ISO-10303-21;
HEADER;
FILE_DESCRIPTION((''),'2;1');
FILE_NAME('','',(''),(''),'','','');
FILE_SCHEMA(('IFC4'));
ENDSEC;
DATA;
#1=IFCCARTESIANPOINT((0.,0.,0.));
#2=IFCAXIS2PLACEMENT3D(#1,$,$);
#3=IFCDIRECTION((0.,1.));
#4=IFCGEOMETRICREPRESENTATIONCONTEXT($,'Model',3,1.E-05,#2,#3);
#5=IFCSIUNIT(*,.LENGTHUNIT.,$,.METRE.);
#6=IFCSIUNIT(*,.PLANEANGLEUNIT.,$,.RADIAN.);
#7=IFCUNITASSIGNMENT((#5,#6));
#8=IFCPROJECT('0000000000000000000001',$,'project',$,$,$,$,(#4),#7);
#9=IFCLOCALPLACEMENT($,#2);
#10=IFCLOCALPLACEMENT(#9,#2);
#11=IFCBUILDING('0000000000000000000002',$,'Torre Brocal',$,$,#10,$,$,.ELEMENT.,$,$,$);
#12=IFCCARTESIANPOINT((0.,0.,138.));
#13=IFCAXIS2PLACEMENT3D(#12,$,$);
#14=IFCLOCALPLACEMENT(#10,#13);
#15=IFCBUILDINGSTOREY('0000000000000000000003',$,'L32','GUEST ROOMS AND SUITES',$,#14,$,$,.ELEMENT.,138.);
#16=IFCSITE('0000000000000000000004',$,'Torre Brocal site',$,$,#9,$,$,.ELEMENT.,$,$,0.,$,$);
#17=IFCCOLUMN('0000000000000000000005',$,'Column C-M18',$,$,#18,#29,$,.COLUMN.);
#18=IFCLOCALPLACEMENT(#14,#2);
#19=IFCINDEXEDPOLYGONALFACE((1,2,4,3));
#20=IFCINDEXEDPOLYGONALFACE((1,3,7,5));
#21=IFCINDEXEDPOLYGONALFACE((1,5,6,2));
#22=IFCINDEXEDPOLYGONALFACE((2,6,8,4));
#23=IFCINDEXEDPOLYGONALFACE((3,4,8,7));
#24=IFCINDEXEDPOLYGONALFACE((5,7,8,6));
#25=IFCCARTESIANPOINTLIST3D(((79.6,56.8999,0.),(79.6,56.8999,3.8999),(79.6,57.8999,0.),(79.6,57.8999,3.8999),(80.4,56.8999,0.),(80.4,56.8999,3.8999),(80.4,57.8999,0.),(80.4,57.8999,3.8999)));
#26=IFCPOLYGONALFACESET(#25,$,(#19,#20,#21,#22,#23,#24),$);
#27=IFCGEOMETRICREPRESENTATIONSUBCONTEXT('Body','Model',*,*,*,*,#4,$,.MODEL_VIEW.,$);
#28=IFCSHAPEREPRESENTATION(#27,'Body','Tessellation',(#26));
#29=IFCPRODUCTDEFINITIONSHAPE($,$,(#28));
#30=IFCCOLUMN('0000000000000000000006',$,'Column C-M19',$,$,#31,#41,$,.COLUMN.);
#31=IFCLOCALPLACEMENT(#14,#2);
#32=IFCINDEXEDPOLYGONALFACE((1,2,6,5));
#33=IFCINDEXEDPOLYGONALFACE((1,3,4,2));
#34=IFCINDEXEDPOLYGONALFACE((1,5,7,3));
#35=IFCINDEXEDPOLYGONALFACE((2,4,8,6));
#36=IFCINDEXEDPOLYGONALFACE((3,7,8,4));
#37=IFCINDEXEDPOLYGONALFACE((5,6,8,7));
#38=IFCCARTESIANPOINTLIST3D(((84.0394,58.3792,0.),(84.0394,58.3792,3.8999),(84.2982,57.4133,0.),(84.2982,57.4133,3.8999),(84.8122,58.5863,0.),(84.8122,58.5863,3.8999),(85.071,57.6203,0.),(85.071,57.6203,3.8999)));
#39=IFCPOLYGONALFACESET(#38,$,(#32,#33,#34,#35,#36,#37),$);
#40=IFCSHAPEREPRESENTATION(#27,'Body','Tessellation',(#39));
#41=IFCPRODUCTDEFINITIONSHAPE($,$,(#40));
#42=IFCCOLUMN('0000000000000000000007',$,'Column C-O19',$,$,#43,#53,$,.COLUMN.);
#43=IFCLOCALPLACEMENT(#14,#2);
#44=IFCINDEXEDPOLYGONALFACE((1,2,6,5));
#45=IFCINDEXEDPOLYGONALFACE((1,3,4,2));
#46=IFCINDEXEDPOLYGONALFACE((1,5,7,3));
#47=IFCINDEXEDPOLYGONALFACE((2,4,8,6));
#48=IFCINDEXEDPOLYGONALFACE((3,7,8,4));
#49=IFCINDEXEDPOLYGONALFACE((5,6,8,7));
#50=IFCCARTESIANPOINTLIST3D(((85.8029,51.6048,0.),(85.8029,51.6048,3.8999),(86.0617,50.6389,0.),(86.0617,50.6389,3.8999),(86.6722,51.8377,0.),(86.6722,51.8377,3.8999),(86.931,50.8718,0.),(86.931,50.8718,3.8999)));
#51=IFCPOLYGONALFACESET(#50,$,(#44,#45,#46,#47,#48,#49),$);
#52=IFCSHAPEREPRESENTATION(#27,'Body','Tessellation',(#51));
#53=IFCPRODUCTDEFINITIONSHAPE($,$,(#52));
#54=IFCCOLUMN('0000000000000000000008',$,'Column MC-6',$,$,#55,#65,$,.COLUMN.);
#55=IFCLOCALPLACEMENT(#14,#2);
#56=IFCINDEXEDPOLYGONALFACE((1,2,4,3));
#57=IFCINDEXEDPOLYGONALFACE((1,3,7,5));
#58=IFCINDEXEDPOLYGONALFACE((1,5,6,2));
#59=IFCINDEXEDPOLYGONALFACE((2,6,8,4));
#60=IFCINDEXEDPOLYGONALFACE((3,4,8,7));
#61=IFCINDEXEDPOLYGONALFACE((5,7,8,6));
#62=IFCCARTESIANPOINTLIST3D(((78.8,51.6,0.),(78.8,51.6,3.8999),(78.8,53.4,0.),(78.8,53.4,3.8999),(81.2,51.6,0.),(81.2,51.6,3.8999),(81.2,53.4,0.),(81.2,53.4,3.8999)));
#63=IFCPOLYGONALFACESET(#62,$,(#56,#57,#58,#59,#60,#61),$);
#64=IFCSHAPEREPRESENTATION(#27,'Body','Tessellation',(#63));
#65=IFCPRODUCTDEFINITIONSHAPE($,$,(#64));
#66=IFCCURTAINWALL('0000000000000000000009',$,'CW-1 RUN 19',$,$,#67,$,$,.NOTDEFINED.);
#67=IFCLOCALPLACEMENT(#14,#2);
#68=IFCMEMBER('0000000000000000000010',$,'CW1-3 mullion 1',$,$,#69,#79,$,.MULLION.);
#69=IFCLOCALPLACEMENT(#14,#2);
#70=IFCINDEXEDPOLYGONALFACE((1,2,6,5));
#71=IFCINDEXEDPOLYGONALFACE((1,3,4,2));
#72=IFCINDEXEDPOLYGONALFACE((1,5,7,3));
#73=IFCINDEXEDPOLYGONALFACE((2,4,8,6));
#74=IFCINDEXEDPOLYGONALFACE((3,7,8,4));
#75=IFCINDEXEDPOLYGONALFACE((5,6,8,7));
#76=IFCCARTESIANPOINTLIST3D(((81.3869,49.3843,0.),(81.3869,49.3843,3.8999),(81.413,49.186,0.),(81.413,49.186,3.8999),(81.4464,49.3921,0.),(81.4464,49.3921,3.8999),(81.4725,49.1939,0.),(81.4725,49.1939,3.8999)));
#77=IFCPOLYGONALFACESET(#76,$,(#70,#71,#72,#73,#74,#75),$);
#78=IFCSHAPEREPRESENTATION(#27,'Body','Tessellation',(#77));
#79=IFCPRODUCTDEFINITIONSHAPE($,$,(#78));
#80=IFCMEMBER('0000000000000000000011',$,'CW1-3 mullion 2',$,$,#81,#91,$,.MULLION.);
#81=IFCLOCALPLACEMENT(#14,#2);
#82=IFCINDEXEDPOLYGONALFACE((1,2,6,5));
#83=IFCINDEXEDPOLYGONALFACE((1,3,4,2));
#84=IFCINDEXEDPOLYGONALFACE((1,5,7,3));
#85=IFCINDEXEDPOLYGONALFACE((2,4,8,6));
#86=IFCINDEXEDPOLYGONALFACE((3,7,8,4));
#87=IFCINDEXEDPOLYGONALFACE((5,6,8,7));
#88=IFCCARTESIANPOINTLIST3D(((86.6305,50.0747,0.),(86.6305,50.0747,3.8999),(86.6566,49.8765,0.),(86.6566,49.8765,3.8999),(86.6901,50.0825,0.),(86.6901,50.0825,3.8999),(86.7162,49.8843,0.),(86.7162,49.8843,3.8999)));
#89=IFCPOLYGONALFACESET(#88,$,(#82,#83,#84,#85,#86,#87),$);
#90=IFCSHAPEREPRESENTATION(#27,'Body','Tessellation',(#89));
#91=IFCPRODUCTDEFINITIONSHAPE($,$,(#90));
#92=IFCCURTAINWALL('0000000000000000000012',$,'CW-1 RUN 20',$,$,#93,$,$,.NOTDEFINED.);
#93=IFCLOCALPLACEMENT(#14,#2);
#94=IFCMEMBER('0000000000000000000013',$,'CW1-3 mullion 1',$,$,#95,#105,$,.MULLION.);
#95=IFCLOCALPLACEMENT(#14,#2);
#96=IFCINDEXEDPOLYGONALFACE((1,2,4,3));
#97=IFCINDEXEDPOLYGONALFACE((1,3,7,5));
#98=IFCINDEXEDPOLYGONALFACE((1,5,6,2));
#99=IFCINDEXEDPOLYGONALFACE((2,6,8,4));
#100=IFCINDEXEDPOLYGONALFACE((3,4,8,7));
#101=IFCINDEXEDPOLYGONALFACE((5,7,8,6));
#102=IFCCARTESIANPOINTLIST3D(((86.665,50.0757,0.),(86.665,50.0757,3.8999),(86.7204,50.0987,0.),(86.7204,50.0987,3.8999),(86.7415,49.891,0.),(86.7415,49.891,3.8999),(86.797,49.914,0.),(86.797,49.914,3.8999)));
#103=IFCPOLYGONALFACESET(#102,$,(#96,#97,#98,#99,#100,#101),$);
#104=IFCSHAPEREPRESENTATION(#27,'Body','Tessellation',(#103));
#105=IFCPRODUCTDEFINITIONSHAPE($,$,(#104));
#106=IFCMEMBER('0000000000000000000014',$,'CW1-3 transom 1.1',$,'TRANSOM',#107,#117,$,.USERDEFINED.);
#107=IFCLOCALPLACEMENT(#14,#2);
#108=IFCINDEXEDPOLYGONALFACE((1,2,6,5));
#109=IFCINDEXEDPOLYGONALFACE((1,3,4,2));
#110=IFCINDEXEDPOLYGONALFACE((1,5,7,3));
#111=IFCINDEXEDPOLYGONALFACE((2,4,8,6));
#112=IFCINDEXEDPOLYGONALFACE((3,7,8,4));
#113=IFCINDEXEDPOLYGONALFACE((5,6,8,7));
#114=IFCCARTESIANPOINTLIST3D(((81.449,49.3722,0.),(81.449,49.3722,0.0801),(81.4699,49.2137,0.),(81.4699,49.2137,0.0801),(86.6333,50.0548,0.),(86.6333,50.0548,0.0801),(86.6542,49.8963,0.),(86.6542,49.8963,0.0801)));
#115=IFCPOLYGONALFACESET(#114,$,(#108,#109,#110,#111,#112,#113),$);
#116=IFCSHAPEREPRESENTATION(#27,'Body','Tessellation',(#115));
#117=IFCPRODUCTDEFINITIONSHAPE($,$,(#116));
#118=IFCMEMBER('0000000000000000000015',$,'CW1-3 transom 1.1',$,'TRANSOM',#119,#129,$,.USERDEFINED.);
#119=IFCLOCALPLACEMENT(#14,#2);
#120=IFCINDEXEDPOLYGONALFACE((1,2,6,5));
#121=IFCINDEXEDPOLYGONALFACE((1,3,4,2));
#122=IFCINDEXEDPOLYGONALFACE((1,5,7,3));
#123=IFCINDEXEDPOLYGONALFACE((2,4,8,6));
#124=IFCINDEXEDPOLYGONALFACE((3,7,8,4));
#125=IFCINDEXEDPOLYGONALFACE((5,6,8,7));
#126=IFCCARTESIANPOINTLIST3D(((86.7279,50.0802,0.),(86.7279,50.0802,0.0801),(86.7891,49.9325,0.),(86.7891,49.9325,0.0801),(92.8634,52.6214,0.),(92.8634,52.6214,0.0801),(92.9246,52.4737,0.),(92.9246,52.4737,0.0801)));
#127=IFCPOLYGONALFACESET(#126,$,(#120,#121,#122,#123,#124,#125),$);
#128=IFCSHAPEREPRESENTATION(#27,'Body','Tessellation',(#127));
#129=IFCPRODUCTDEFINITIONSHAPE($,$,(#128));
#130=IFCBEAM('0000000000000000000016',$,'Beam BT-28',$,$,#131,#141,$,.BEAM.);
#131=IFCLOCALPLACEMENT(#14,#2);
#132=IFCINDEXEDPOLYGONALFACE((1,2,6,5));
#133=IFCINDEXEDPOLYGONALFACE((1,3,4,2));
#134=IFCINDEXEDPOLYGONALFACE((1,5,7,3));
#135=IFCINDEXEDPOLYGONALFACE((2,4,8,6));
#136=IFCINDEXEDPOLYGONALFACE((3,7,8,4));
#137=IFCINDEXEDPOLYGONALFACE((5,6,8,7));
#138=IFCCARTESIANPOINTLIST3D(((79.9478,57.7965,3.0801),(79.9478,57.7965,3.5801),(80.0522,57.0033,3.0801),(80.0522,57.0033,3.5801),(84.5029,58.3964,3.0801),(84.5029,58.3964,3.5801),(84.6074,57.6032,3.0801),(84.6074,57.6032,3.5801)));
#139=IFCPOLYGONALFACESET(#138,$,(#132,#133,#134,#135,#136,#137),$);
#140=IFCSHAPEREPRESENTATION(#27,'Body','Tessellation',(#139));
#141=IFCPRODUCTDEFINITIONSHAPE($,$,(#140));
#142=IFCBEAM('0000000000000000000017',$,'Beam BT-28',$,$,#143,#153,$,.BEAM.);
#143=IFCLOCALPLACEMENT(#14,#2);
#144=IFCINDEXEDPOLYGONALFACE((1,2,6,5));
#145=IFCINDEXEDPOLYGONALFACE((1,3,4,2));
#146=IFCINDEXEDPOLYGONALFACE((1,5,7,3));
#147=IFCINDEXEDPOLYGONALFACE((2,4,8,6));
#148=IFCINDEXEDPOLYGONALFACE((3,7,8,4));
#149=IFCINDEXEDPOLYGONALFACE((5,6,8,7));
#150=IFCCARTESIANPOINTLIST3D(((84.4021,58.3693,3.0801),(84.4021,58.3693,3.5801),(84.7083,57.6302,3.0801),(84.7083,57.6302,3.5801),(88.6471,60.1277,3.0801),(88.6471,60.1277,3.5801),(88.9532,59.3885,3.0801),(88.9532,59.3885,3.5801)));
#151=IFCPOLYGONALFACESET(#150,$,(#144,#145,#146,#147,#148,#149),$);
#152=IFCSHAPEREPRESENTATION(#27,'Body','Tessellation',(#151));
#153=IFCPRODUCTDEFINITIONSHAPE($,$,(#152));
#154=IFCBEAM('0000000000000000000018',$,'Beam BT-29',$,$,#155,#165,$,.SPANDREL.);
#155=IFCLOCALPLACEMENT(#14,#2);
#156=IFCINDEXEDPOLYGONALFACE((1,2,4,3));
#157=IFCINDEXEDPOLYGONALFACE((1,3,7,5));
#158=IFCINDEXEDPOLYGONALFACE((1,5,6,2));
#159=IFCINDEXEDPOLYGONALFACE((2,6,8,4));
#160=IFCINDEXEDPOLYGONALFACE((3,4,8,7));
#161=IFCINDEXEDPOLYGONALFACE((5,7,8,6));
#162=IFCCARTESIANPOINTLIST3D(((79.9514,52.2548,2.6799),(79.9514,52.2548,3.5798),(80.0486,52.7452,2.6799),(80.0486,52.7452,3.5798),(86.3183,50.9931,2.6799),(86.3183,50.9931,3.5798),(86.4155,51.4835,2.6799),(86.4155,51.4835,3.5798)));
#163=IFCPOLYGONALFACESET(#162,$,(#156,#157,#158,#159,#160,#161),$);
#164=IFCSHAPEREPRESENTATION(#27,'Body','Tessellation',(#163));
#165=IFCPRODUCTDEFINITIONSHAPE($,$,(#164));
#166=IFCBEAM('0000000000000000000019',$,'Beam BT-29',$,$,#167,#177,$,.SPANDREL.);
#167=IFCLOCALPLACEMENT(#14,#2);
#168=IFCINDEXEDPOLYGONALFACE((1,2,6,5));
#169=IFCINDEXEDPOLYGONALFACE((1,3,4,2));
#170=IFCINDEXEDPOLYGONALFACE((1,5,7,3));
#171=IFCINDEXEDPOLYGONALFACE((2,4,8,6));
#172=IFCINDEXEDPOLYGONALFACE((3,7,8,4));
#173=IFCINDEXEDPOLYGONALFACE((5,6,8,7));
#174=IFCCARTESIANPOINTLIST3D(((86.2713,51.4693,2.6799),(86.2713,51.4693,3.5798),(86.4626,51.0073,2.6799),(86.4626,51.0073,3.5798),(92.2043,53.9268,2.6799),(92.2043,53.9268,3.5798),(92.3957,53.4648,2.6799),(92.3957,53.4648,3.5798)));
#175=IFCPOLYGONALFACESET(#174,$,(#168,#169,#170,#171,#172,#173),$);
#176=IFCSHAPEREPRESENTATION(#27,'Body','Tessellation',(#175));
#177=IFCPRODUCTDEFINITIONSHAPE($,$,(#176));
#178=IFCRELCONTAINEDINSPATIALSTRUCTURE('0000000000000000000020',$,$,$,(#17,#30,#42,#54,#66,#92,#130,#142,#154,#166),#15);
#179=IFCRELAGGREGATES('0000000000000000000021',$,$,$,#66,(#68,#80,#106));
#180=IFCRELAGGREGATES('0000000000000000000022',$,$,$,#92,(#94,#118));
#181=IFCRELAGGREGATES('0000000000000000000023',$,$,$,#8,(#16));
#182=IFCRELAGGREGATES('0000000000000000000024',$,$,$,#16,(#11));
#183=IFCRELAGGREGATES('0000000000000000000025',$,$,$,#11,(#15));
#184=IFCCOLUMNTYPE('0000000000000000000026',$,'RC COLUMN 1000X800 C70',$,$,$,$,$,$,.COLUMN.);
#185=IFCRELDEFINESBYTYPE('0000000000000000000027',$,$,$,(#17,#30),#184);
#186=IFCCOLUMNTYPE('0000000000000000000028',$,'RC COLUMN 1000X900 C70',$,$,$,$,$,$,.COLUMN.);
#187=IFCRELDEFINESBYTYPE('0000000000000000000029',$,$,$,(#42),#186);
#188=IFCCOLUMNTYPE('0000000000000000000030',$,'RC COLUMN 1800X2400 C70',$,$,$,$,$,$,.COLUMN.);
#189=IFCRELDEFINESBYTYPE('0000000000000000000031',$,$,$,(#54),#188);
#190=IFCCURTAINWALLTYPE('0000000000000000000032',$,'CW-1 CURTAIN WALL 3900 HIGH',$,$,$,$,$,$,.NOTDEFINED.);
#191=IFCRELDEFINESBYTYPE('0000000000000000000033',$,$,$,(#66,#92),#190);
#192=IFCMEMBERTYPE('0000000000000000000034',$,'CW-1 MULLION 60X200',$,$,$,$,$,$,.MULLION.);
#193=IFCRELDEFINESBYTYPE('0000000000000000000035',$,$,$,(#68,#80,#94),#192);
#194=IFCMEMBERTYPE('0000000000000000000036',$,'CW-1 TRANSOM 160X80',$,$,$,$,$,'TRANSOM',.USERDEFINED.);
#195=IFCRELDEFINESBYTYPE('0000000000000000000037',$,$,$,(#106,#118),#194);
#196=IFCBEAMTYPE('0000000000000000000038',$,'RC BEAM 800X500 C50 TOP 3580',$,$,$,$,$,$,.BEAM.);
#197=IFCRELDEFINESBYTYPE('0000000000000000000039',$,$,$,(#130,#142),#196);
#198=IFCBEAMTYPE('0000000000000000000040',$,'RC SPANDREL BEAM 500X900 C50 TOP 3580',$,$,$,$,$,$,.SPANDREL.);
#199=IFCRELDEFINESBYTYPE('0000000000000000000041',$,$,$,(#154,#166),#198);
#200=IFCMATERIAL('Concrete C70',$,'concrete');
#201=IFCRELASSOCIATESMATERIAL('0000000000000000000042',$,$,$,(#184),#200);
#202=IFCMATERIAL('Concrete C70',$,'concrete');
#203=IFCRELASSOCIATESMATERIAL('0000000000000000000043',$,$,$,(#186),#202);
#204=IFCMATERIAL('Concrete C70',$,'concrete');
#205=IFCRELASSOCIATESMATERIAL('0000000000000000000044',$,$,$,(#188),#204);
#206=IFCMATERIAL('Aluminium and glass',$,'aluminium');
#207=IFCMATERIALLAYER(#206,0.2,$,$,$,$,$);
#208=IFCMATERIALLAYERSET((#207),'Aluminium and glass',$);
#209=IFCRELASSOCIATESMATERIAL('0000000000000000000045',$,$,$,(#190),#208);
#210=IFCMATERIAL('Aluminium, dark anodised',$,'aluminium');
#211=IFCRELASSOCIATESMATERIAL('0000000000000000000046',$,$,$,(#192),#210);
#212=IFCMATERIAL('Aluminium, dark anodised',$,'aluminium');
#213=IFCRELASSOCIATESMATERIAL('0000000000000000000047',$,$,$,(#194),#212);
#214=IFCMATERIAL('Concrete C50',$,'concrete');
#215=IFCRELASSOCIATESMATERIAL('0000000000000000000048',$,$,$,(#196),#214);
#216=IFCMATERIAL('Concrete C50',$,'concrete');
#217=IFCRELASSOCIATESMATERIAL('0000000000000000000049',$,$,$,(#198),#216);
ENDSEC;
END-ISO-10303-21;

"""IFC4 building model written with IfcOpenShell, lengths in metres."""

from ifc_helpers import new_model, si_unit, direction, frame, origin, origin_2d, place, context, subcontext, project, spatial, rectangle, extrude, material, layer, layer_set, material_profile, profile_set, type_object, element, aggregate, save


model = new_model("IFC4")

# Units and contexts
model_context = context("Model", 3, precision=1e-05, world=origin(), true_north=direction((0.0, 1.0)))
body_context = subcontext(model_context, "Body", "Model", "MODEL_VIEW")
ifc_project = project(units=[si_unit("LENGTHUNIT", "METRE"), si_unit("PLANEANGLEUNIT", "RADIAN")], contexts=[model_context])

# Site, building, storey
site_placement = place(None, origin())
site = spatial("IfcSite", under=ifc_project, at=site_placement, Name="Torre Brocal site", CompositionType="ELEMENT", RefElevation=0.0)
building_placement = place(site_placement, origin())
building = spatial("IfcBuilding", under=site, at=building_placement, Name="Torre Brocal", CompositionType="ELEMENT")
storey_placement = place(building_placement, frame((0.0, 0.0, 138.0)))
storey = spatial("IfcBuildingStorey", under=building, at=storey_placement, Name="L32", Description="GUEST ROOMS AND SUITES", CompositionType="ELEMENT", Elevation=138.0)

# Columns
ifc_material_1 = material(Name="Concrete C70", Category="concrete")
ifc_material_profile_1 = material_profile(ifc_material_1, rectangle(XDim=1.0, YDim=0.8, at=origin_2d()), Name="RC 1000X800")
ifc_profile_set_1 = profile_set([ifc_material_profile_1], Name="Concrete C70")
column_type_1 = type_object("IfcColumnType", Name="RC COLUMN 1000X800 C70", PredefinedType="COLUMN", material=ifc_profile_set_1)
for number, where, z_axis, x_axis, name in (
    (1, (80.0, 57.3999, 0.0), (0.0, 0.0, 1.0), (0.0, -1.0, 0.0), "Column C-M18"),
    (2, (84.5552, 57.9998, 0.0), (0.0, 0.0, 1.0), (0.258819, -0.965926, 0.0), "Column C-M19"),
):
    element("IfcColumn", number, at=place(storey_placement, frame(where, z_axis=z_axis, x_axis=x_axis)), inside=storey, type_object=column_type_1, Name=name, PredefinedType="COLUMN", context=body_context, shape_type="SweptSolid", body=[
        extrude(rectangle(XDim=1.0, YDim=0.8, at=origin_2d()), origin(), (0.0, 0.0, 1.0), 3.8999),
    ])
ifc_material_2 = material(Name="Concrete C70", Category="concrete")
ifc_material_profile_2 = material_profile(ifc_material_2, rectangle(XDim=1.0, YDim=0.8999, at=origin_2d()), Name="RC 1000X900")
ifc_profile_set_2 = profile_set([ifc_material_profile_2], Name="Concrete C70")
column_type_2 = type_object("IfcColumnType", Name="RC COLUMN 1000X900 C70", PredefinedType="COLUMN", material=ifc_profile_set_2)
column_1_placement = place(storey_placement, frame((86.3669, 51.2383, 0.0), z_axis=(0.0, 0.0, 1.0), x_axis=(0.258819, -0.965926, 0.0)))
element("IfcColumn", 3, at=column_1_placement, inside=storey, type_object=column_type_2, Name="Column C-O19", PredefinedType="COLUMN", context=body_context, shape_type="SweptSolid", body=[
    extrude(rectangle(XDim=1.0, YDim=0.8999, at=origin_2d()), origin(), (0.0, 0.0, 1.0), 3.8999),
])
ifc_material_3 = material(Name="Concrete C70", Category="concrete")
ifc_material_profile_3 = material_profile(ifc_material_3, rectangle(XDim=1.8, YDim=2.3999, at=origin_2d()), Name="RC 1800X2400")
ifc_profile_set_3 = profile_set([ifc_material_profile_3], Name="Concrete C70")
column_type_3 = type_object("IfcColumnType", Name="RC COLUMN 1800X2400 C70", PredefinedType="COLUMN", material=ifc_profile_set_3)
column_2_placement = place(storey_placement, frame((80.0, 52.5, 0.0), z_axis=(0.0, 0.0, 1.0), x_axis=(0.0, -1.0, 0.0)))
element("IfcColumn", 4, at=column_2_placement, inside=storey, type_object=column_type_3, Name="Column MC-6", PredefinedType="COLUMN", context=body_context, shape_type="SweptSolid", body=[
    extrude(rectangle(XDim=1.8, YDim=2.3999, at=origin_2d()), origin(), (0.0, 0.0, 1.0), 3.8999),
])

# Curtain wall, members
ifc_material_4 = material(Name="Aluminium and glass", Category="aluminium")
ifc_layer_1 = layer(ifc_material_4, 0.2)
ifc_layer_set_1 = layer_set([ifc_layer_1], Name="Aluminium and glass")
curtain_wall_type = type_object("IfcCurtainWallType", Name="CW-1 CURTAIN WALL 3900 HIGH", PredefinedType="NOTDEFINED", material=ifc_layer_set_1)
curtain_wall_1_placement = place(storey_placement, origin())
curtain_wall_1 = element("IfcCurtainWall", 5, at=curtain_wall_1_placement, inside=storey, type_object=curtain_wall_type, Name="CW-1 RUN 19", PredefinedType="NOTDEFINED")
ifc_material_5 = material(Name="Aluminium, dark anodised", Category="aluminium")
ifc_material_profile_4 = material_profile(ifc_material_5, rectangle(XDim=0.2, YDim=0.0601, at=origin_2d()), Name="CW-1 MULLION 60X200")
ifc_profile_set_4 = profile_set([ifc_material_profile_4], Name="Aluminium, dark anodised")
member_type_1 = type_object("IfcMemberType", Name="CW-1 MULLION 60X200", PredefinedType="MULLION", material=ifc_profile_set_4)
member_1_placement = place(storey_placement, frame((81.4297, 49.2891, 0.0), z_axis=(0.0, 0.0, 1.0), x_axis=(-0.130526, 0.991445, 0.0)))
member_1 = element("IfcMember", 6, at=member_1_placement, type_object=member_type_1, Name="CW1-3 mullion 1", PredefinedType="MULLION", context=body_context, shape_type="SweptSolid", body=[
    extrude(rectangle(XDim=0.2, YDim=0.0601, at=origin_2d()), origin(), (0.0, 0.0, 1.0), 3.8999),
])
member_2_placement = place(storey_placement, frame((86.6733, 49.9795, 0.0), z_axis=(0.0, 0.0, 1.0), x_axis=(-0.130526, 0.991445, 0.0)))
member_2 = element("IfcMember", 7, at=member_2_placement, type_object=member_type_1, Name="CW1-3 mullion 2", PredefinedType="MULLION", context=body_context, shape_type="SweptSolid", body=[
    extrude(rectangle(XDim=0.2, YDim=0.0601, at=origin_2d()), origin(), (0.0, 0.0, 1.0), 3.8999),
])

# Curtain wall, member
curtain_wall_2_placement = place(storey_placement, origin())
curtain_wall_2 = element("IfcCurtainWall", 8, at=curtain_wall_2_placement, inside=storey, type_object=curtain_wall_type, Name="CW-1 RUN 20", PredefinedType="NOTDEFINED")
member_3_placement = place(storey_placement, frame((86.731, 49.9949, 0.0), z_axis=(0.0, 0.0, 1.0), x_axis=(-0.382683, 0.92388, 0.0)))
member_3 = element("IfcMember", 9, at=member_3_placement, type_object=member_type_1, Name="CW1-3 mullion 1", PredefinedType="MULLION", context=body_context, shape_type="SweptSolid", body=[
    extrude(rectangle(XDim=0.2, YDim=0.0601, at=origin_2d()), origin(), (0.0, 0.0, 1.0), 3.8999),
])

# Members
ifc_material_6 = material(Name="Aluminium, dark anodised", Category="aluminium")
ifc_material_profile_5 = material_profile(ifc_material_6, rectangle(XDim=0.1599, YDim=0.0801, at=origin_2d()), Name="CW-1 TRANSOM 160X80")
ifc_profile_set_5 = profile_set([ifc_material_profile_5], Name="Aluminium, dark anodised")
member_type_2 = type_object("IfcMemberType", Name="CW-1 TRANSOM 160X80", ElementType="TRANSOM", PredefinedType="USERDEFINED", material=ifc_profile_set_5)
member_4_placement = place(storey_placement, frame((81.4595, 49.293, 0.04), z_axis=(0.991443, 0.130543, 0.0), x_axis=(-0.130543, 0.991443, 0.0)))
member_4 = element("IfcMember", 10, at=member_4_placement, type_object=member_type_2, Name="CW1-3 transom 1.1", ObjectType="TRANSOM", PredefinedType="USERDEFINED", context=body_context, shape_type="SweptSolid", body=[
    extrude(rectangle(XDim=0.1599, YDim=0.0801, at=origin_2d()), origin(), (0.0, 0.0, 1.0), 5.229),
])
member_5_placement = place(storey_placement, frame((86.7585, 50.0063, 0.04), z_axis=(0.923887, 0.382665, 0.0), x_axis=(-0.382665, 0.923887, 0.0)))
member_5 = element("IfcMember", 11, at=member_5_placement, type_object=member_type_2, Name="CW1-3 transom 1.1", ObjectType="TRANSOM", PredefinedType="USERDEFINED", context=body_context, shape_type="SweptSolid", body=[
    extrude(rectangle(XDim=0.1599, YDim=0.0801, at=origin_2d()), origin(), (0.0, 0.0, 1.0), 6.6409),
])

# Beams
ifc_material_7 = material(Name="Concrete C50", Category="concrete")
ifc_material_profile_6 = material_profile(ifc_material_7, rectangle(XDim=0.8, YDim=0.5, at=origin_2d()), Name="RC 800X500")
ifc_profile_set_6 = profile_set([ifc_material_profile_6], Name="Concrete C50")
beam_type_1 = type_object("IfcBeamType", Name="RC BEAM 800X500 C50 TOP 3580", PredefinedType="BEAM", material=ifc_profile_set_6)
beam_1_placement = place(storey_placement, frame((80.0, 57.3999, 3.3301), z_axis=(0.991441, 0.130559, 0.0), x_axis=(-0.130559, 0.991441, 0.0)))
element("IfcBeam", 12, at=beam_1_placement, inside=storey, type_object=beam_type_1, Name="Beam BT-28", PredefinedType="BEAM", context=body_context, shape_type="SweptSolid", body=[
    extrude(rectangle(XDim=0.8, YDim=0.5, at=origin_2d()), origin(), (0.0, 0.0, 1.0), 4.5945),
])
beam_2_placement = place(storey_placement, frame((84.5552, 57.9998, 3.3301), z_axis=(0.923878, 0.382687, 0.0), x_axis=(-0.382687, 0.923878, 0.0)))
element("IfcBeam", 13, at=beam_2_placement, inside=storey, type_object=beam_type_1, Name="Beam BT-28", PredefinedType="BEAM", context=body_context, shape_type="SweptSolid", body=[
    extrude(rectangle(XDim=0.8, YDim=0.5, at=origin_2d()), origin(), (0.0, 0.0, 1.0), 4.5947),
])
ifc_material_8 = material(Name="Concrete C50", Category="concrete")
ifc_material_profile_7 = material_profile(ifc_material_8, rectangle(XDim=0.5, YDim=0.8999, at=origin_2d()), Name="RC 500X900")
ifc_profile_set_7 = profile_set([ifc_material_profile_7], Name="Concrete C50")
beam_type_2 = type_object("IfcBeamType", Name="RC SPANDREL BEAM 500X900 C50 TOP 3580", PredefinedType="SPANDREL", material=ifc_profile_set_7)
beam_3_placement = place(storey_placement, frame((80.0, 52.5, 3.1299), z_axis=(0.980925, -0.194387, 0.0), x_axis=(0.194387, 0.980925, 0.0)))
element("IfcBeam", 14, at=beam_3_placement, inside=storey, type_object=beam_type_2, Name="Beam BT-29", PredefinedType="SPANDREL", context=body_context, shape_type="SweptSolid", body=[
    extrude(rectangle(XDim=0.5, YDim=0.8999, at=origin_2d()), origin(), (0.0, 0.0, 1.0), 6.4907),
])
beam_4_placement = place(storey_placement, frame((86.3669, 51.2383, 3.1299), z_axis=(0.923882, 0.382676, 0.0), x_axis=(-0.382676, 0.923882, 0.0)))
element("IfcBeam", 15, at=beam_4_placement, inside=storey, type_object=beam_type_2, Name="Beam BT-29", PredefinedType="SPANDREL", context=body_context, shape_type="SweptSolid", body=[
    extrude(rectangle(XDim=0.5, YDim=0.8999, at=origin_2d()), origin(), (0.0, 0.0, 1.0), 6.4219),
])

aggregate(curtain_wall_1, [member_1, member_2, member_4])
aggregate(curtain_wall_2, [member_3, member_5])

save(model, "model.ifc")
